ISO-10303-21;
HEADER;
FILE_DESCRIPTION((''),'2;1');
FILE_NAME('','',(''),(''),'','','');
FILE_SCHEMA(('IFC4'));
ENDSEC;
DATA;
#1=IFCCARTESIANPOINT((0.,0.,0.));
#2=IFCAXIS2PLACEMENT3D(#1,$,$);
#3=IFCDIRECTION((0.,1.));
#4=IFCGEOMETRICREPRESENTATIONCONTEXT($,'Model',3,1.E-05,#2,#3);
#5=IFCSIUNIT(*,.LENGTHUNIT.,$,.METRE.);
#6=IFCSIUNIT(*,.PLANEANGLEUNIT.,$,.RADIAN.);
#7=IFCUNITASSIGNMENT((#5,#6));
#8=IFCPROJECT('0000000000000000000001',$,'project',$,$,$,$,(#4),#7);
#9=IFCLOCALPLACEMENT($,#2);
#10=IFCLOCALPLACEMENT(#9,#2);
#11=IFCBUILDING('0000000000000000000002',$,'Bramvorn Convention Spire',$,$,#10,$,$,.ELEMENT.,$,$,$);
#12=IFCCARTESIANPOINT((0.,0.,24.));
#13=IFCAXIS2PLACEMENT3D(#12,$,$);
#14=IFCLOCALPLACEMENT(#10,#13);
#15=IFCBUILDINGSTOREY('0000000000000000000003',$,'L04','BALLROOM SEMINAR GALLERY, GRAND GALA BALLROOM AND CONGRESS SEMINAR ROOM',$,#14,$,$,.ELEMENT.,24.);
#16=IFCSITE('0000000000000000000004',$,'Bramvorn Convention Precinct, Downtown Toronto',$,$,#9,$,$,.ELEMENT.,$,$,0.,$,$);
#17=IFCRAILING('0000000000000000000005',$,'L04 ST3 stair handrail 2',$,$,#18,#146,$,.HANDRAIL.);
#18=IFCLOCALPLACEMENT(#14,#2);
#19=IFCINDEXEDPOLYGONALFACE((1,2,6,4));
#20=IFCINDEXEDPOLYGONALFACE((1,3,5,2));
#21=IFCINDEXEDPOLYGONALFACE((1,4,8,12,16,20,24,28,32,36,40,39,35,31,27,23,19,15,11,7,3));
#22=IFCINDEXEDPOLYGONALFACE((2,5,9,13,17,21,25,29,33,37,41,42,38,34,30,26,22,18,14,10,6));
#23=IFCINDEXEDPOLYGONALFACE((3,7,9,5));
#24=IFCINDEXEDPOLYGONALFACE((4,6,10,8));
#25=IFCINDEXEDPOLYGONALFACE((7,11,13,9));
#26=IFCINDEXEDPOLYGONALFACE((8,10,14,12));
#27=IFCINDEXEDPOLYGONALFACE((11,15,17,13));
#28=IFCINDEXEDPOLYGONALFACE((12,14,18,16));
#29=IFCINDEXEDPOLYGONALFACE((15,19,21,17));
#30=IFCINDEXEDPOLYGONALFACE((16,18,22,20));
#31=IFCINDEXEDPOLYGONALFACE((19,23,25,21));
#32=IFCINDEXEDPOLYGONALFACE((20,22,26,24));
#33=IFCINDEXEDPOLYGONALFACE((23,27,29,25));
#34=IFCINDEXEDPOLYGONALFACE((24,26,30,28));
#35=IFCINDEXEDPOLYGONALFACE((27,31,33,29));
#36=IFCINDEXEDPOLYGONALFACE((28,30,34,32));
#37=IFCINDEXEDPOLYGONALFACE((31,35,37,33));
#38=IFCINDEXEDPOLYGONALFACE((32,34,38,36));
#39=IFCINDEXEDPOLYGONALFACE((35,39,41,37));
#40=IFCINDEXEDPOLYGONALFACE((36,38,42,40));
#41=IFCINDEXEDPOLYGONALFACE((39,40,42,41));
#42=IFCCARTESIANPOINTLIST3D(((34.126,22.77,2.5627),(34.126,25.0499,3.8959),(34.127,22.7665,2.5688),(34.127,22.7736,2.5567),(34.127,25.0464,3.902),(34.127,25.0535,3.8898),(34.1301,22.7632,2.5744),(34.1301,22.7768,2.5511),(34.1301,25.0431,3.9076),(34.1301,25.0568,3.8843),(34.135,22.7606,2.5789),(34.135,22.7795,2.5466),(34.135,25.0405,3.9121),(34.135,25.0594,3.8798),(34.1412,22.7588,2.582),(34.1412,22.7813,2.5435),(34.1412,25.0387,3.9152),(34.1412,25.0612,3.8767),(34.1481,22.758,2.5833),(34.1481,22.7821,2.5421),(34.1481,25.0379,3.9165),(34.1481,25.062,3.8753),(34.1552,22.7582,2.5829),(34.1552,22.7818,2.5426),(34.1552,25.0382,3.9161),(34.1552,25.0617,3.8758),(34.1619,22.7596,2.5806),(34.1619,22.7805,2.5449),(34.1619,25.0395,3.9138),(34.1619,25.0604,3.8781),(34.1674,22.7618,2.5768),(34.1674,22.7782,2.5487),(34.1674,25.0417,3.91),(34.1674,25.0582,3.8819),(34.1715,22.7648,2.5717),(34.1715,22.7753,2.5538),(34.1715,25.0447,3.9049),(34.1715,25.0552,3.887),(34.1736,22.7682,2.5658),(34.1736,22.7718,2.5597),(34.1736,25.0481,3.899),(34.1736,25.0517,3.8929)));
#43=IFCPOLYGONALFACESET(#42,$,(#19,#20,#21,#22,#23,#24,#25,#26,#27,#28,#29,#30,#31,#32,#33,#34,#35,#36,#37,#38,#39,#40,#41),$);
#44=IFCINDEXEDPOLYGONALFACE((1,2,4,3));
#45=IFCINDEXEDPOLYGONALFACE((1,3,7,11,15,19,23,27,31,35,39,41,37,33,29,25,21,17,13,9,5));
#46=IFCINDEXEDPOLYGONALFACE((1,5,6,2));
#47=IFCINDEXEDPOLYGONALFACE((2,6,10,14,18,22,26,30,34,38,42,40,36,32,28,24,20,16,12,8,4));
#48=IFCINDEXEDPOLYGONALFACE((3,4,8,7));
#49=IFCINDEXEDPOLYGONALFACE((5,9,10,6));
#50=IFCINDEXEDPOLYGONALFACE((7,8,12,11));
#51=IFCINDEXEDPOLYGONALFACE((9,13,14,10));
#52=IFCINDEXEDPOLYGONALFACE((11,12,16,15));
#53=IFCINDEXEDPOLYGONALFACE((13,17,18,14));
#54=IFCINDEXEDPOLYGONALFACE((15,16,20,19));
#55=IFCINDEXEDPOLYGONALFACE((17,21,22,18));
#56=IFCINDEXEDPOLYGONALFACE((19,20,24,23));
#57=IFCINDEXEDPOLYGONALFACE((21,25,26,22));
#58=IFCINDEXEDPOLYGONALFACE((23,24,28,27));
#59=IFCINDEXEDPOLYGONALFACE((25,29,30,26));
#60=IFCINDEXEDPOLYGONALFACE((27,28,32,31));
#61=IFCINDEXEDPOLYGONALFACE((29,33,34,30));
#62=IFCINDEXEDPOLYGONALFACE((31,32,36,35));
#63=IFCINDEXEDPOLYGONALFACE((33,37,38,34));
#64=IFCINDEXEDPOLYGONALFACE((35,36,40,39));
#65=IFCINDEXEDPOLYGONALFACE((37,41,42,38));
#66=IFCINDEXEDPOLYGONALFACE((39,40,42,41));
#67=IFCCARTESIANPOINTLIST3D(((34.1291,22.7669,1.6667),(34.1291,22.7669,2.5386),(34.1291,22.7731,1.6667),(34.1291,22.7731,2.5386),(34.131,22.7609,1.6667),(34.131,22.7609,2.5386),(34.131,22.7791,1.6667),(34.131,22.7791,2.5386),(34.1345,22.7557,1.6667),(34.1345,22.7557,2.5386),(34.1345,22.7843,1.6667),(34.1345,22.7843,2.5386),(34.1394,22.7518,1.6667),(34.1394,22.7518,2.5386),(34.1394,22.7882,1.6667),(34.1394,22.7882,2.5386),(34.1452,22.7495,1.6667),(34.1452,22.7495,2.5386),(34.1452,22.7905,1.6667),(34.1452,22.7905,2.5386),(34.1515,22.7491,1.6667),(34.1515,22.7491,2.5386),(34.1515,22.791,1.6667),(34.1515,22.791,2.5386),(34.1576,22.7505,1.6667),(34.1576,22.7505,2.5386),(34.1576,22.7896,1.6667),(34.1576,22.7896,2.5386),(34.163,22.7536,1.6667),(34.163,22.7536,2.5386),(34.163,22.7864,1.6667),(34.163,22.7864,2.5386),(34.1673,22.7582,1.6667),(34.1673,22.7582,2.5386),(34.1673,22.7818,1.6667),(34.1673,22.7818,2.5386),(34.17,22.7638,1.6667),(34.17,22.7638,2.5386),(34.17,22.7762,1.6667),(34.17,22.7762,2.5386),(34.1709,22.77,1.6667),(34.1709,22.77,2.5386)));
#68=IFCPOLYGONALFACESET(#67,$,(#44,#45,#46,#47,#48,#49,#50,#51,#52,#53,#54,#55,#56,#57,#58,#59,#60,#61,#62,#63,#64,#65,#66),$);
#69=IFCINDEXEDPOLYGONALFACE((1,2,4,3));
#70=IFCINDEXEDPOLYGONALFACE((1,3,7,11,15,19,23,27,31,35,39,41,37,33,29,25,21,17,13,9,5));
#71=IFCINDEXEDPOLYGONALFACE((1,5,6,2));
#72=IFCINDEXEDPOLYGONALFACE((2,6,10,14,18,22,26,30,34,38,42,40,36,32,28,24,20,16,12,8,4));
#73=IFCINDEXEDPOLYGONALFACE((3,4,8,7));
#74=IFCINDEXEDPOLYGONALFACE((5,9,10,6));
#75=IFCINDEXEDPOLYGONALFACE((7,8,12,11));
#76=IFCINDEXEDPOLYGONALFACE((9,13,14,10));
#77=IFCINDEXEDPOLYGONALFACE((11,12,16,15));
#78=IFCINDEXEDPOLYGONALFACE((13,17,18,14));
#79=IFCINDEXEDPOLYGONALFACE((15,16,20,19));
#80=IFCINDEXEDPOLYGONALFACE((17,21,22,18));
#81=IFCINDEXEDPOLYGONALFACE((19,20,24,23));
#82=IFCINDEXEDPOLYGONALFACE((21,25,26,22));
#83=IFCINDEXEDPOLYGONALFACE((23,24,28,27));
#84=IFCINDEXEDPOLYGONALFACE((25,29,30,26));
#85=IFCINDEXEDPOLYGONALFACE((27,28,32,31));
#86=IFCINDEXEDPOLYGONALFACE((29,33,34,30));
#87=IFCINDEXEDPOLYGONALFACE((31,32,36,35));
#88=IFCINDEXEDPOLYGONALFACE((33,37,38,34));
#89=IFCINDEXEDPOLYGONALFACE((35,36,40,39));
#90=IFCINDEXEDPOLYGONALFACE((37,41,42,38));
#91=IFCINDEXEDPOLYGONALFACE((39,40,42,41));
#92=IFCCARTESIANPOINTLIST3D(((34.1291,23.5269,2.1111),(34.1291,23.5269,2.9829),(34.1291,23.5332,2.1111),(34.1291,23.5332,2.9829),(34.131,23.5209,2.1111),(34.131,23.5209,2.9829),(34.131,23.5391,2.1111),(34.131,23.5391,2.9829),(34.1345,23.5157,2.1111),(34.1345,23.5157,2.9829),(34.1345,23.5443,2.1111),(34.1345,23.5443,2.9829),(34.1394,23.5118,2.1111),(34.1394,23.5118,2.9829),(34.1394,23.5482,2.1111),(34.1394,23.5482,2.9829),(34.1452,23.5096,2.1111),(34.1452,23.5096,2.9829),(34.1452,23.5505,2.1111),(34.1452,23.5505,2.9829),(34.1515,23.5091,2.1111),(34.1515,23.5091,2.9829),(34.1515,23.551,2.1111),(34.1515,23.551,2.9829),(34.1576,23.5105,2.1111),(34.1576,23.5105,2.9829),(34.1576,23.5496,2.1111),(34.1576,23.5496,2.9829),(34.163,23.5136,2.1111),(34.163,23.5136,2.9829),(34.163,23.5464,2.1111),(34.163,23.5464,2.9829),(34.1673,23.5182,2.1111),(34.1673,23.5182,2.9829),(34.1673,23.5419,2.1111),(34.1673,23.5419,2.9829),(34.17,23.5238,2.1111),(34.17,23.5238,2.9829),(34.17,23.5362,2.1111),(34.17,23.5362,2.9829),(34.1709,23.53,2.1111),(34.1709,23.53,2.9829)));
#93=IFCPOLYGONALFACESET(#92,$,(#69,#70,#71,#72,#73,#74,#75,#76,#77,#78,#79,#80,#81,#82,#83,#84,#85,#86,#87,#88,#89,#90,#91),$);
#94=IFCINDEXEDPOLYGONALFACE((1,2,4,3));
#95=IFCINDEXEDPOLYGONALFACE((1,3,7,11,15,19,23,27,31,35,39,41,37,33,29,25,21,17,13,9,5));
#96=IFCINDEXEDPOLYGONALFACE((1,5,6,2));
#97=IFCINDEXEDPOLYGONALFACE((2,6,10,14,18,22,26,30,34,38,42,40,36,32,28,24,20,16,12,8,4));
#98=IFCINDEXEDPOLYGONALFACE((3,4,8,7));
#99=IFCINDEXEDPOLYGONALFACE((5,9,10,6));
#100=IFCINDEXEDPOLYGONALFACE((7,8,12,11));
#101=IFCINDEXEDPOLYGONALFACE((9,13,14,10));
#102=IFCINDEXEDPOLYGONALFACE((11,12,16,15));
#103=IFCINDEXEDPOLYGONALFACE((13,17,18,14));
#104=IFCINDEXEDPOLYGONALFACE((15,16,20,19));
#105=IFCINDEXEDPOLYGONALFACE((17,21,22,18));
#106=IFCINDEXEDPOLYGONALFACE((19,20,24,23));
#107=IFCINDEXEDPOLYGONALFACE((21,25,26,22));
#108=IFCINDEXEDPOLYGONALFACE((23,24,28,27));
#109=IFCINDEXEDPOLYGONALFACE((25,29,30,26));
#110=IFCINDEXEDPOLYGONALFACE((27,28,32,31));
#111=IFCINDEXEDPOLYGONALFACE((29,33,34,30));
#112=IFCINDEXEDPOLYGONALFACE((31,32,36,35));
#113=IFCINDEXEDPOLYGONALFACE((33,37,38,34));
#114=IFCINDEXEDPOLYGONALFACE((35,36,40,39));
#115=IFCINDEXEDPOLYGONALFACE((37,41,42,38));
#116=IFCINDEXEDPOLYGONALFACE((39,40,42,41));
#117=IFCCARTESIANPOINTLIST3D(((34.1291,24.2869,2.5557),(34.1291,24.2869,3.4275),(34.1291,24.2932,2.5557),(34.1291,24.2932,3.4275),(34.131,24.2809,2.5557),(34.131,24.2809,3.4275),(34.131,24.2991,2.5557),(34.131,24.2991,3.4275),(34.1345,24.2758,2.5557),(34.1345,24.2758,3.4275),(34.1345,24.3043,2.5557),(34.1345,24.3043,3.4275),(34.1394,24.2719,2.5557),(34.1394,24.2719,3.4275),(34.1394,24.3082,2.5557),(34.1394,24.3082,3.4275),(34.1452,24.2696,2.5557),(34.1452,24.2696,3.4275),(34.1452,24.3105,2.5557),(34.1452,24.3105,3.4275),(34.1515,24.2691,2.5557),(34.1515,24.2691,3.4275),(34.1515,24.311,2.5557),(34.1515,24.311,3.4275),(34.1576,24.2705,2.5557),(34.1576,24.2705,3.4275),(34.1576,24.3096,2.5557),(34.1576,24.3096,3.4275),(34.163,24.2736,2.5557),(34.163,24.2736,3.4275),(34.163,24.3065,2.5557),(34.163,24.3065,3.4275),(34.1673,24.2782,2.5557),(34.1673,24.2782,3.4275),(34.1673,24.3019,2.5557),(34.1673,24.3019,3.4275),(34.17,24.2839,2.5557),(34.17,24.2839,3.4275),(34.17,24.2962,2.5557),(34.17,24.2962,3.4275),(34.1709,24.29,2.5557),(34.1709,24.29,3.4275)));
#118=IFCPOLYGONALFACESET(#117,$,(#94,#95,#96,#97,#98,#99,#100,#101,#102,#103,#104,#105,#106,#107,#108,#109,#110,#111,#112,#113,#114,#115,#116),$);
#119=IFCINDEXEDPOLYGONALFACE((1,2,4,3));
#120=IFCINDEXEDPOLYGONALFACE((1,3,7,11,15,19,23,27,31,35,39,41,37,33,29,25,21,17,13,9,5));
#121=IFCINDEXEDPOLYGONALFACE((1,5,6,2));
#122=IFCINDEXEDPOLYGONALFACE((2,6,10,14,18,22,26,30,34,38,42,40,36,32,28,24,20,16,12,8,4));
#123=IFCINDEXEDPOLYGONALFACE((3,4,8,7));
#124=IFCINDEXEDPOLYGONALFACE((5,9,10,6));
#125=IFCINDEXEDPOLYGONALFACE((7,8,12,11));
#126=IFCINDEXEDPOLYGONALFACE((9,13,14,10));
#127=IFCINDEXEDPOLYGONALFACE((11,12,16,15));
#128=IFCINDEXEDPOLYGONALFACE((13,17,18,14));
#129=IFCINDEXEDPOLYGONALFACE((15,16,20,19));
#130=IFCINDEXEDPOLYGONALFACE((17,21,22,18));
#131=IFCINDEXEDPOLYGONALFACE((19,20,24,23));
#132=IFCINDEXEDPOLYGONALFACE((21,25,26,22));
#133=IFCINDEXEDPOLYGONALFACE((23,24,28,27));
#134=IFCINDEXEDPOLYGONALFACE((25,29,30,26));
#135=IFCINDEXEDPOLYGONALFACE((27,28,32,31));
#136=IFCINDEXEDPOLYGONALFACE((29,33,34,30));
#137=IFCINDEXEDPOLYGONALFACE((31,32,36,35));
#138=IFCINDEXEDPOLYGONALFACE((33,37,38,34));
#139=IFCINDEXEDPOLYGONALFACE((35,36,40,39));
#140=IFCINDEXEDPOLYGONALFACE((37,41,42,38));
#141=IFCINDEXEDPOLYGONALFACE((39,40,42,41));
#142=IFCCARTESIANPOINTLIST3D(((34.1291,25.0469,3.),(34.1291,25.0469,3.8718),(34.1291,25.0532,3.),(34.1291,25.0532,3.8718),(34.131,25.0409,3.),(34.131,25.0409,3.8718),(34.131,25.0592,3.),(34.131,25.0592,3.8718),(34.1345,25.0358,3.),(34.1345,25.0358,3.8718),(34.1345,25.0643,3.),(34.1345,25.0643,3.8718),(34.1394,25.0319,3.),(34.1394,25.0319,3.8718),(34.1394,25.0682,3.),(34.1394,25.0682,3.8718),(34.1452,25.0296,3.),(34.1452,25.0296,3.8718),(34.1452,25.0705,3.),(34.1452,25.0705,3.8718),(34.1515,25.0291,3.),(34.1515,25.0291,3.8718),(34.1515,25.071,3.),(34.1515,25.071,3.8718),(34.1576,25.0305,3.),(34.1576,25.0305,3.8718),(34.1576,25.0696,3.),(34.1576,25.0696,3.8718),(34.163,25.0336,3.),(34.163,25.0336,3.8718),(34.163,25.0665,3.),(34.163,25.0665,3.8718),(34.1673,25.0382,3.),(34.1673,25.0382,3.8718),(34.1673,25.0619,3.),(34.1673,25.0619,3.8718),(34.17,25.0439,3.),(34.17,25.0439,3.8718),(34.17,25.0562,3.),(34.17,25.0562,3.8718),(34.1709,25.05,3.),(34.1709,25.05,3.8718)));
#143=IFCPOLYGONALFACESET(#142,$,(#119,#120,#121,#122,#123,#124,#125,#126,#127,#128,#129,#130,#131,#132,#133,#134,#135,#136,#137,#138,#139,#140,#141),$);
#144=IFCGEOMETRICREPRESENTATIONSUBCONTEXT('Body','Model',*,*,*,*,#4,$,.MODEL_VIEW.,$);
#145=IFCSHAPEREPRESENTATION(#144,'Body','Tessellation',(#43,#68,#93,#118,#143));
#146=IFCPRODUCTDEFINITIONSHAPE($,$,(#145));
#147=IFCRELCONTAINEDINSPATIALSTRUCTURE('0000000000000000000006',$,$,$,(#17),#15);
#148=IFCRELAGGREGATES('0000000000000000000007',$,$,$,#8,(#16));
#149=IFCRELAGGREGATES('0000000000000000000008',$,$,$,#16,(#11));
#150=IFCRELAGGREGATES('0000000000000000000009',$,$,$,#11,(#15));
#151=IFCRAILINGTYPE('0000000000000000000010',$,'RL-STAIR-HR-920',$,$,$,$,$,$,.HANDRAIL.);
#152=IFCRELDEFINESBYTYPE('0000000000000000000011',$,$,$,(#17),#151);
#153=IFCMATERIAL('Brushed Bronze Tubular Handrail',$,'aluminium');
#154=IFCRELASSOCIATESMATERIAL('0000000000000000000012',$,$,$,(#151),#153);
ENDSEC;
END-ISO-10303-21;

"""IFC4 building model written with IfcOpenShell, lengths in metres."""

from ifc_helpers import new_model, si_unit, direction, frame, origin, origin_2d, place, context, subcontext, project, spatial, circle, extrude, material, type_object, element, save


model = new_model("IFC4")

# Units and contexts
model_context = context("Model", 3, precision=1e-05, world=origin(), true_north=direction((0.0, 1.0)))
body_context = subcontext(model_context, "Body", "Model", "MODEL_VIEW")
ifc_project = project(units=[si_unit("LENGTHUNIT", "METRE"), si_unit("PLANEANGLEUNIT", "RADIAN")], contexts=[model_context])

# Site, building, storey
site_placement = place(None, origin())
site = spatial("IfcSite", under=ifc_project, at=site_placement, Name="Bramvorn Convention Precinct, Downtown Toronto", CompositionType="ELEMENT", RefElevation=0.0)
building_placement = place(site_placement, origin())
building = spatial("IfcBuilding", under=site, at=building_placement, Name="Bramvorn Convention Spire", CompositionType="ELEMENT")
storey_placement = place(building_placement, frame((0.0, 0.0, 24.0)))
storey = spatial("IfcBuildingStorey", under=building, at=storey_placement, Name="L04", Description="BALLROOM SEMINAR GALLERY, GRAND GALA BALLROOM AND CONGRESS SEMINAR ROOM", CompositionType="ELEMENT", Elevation=24.0)

# Railing
ifc_material_1 = material(Name="Brushed Bronze Tubular Handrail", Category="aluminium")
railing_type_1 = type_object("IfcRailingType", Name="RL-STAIR-HR-920", PredefinedType="HANDRAIL", material=ifc_material_1)
for number, where, name in (
    (1, (34.1499, 22.77, 1.6667), "L04 ST3 stair handrail 2"),
):
    element("IfcRailing", number, at=place(storey_placement, frame(where)), inside=storey, type_object=railing_type_1, Name=name, PredefinedType="HANDRAIL", context=body_context, shape_type="SweptSolid", body=[
        extrude(circle(Radius=0.0239, at=origin_2d()), frame((0.0, 0.0, 0.896), z_axis=(0.0, 0.863245, 0.504785), x_axis=(-1.0, 0.0, 0.0)), (0.0, 0.0, 1.0), 2.6411),
        extrude(circle(Radius=0.021, at=origin_2d()), origin(), (0.0, 0.0, 1.0), 0.8718),
        extrude(circle(Radius=0.021, at=origin_2d()), frame((0.0, 0.76, 0.4443)), (0.0, 0.0, 1.0), 0.8718),
        extrude(circle(Radius=0.021, at=origin_2d()), frame((0.0, 1.52, 0.8889)), (0.0, 0.0, 1.0), 0.8718),
        extrude(circle(Radius=0.021, at=origin_2d()), frame((0.0, 2.28, 1.3333)), (0.0, 0.0, 1.0), 0.8718),
    ])

save(model, "model.ifc")
